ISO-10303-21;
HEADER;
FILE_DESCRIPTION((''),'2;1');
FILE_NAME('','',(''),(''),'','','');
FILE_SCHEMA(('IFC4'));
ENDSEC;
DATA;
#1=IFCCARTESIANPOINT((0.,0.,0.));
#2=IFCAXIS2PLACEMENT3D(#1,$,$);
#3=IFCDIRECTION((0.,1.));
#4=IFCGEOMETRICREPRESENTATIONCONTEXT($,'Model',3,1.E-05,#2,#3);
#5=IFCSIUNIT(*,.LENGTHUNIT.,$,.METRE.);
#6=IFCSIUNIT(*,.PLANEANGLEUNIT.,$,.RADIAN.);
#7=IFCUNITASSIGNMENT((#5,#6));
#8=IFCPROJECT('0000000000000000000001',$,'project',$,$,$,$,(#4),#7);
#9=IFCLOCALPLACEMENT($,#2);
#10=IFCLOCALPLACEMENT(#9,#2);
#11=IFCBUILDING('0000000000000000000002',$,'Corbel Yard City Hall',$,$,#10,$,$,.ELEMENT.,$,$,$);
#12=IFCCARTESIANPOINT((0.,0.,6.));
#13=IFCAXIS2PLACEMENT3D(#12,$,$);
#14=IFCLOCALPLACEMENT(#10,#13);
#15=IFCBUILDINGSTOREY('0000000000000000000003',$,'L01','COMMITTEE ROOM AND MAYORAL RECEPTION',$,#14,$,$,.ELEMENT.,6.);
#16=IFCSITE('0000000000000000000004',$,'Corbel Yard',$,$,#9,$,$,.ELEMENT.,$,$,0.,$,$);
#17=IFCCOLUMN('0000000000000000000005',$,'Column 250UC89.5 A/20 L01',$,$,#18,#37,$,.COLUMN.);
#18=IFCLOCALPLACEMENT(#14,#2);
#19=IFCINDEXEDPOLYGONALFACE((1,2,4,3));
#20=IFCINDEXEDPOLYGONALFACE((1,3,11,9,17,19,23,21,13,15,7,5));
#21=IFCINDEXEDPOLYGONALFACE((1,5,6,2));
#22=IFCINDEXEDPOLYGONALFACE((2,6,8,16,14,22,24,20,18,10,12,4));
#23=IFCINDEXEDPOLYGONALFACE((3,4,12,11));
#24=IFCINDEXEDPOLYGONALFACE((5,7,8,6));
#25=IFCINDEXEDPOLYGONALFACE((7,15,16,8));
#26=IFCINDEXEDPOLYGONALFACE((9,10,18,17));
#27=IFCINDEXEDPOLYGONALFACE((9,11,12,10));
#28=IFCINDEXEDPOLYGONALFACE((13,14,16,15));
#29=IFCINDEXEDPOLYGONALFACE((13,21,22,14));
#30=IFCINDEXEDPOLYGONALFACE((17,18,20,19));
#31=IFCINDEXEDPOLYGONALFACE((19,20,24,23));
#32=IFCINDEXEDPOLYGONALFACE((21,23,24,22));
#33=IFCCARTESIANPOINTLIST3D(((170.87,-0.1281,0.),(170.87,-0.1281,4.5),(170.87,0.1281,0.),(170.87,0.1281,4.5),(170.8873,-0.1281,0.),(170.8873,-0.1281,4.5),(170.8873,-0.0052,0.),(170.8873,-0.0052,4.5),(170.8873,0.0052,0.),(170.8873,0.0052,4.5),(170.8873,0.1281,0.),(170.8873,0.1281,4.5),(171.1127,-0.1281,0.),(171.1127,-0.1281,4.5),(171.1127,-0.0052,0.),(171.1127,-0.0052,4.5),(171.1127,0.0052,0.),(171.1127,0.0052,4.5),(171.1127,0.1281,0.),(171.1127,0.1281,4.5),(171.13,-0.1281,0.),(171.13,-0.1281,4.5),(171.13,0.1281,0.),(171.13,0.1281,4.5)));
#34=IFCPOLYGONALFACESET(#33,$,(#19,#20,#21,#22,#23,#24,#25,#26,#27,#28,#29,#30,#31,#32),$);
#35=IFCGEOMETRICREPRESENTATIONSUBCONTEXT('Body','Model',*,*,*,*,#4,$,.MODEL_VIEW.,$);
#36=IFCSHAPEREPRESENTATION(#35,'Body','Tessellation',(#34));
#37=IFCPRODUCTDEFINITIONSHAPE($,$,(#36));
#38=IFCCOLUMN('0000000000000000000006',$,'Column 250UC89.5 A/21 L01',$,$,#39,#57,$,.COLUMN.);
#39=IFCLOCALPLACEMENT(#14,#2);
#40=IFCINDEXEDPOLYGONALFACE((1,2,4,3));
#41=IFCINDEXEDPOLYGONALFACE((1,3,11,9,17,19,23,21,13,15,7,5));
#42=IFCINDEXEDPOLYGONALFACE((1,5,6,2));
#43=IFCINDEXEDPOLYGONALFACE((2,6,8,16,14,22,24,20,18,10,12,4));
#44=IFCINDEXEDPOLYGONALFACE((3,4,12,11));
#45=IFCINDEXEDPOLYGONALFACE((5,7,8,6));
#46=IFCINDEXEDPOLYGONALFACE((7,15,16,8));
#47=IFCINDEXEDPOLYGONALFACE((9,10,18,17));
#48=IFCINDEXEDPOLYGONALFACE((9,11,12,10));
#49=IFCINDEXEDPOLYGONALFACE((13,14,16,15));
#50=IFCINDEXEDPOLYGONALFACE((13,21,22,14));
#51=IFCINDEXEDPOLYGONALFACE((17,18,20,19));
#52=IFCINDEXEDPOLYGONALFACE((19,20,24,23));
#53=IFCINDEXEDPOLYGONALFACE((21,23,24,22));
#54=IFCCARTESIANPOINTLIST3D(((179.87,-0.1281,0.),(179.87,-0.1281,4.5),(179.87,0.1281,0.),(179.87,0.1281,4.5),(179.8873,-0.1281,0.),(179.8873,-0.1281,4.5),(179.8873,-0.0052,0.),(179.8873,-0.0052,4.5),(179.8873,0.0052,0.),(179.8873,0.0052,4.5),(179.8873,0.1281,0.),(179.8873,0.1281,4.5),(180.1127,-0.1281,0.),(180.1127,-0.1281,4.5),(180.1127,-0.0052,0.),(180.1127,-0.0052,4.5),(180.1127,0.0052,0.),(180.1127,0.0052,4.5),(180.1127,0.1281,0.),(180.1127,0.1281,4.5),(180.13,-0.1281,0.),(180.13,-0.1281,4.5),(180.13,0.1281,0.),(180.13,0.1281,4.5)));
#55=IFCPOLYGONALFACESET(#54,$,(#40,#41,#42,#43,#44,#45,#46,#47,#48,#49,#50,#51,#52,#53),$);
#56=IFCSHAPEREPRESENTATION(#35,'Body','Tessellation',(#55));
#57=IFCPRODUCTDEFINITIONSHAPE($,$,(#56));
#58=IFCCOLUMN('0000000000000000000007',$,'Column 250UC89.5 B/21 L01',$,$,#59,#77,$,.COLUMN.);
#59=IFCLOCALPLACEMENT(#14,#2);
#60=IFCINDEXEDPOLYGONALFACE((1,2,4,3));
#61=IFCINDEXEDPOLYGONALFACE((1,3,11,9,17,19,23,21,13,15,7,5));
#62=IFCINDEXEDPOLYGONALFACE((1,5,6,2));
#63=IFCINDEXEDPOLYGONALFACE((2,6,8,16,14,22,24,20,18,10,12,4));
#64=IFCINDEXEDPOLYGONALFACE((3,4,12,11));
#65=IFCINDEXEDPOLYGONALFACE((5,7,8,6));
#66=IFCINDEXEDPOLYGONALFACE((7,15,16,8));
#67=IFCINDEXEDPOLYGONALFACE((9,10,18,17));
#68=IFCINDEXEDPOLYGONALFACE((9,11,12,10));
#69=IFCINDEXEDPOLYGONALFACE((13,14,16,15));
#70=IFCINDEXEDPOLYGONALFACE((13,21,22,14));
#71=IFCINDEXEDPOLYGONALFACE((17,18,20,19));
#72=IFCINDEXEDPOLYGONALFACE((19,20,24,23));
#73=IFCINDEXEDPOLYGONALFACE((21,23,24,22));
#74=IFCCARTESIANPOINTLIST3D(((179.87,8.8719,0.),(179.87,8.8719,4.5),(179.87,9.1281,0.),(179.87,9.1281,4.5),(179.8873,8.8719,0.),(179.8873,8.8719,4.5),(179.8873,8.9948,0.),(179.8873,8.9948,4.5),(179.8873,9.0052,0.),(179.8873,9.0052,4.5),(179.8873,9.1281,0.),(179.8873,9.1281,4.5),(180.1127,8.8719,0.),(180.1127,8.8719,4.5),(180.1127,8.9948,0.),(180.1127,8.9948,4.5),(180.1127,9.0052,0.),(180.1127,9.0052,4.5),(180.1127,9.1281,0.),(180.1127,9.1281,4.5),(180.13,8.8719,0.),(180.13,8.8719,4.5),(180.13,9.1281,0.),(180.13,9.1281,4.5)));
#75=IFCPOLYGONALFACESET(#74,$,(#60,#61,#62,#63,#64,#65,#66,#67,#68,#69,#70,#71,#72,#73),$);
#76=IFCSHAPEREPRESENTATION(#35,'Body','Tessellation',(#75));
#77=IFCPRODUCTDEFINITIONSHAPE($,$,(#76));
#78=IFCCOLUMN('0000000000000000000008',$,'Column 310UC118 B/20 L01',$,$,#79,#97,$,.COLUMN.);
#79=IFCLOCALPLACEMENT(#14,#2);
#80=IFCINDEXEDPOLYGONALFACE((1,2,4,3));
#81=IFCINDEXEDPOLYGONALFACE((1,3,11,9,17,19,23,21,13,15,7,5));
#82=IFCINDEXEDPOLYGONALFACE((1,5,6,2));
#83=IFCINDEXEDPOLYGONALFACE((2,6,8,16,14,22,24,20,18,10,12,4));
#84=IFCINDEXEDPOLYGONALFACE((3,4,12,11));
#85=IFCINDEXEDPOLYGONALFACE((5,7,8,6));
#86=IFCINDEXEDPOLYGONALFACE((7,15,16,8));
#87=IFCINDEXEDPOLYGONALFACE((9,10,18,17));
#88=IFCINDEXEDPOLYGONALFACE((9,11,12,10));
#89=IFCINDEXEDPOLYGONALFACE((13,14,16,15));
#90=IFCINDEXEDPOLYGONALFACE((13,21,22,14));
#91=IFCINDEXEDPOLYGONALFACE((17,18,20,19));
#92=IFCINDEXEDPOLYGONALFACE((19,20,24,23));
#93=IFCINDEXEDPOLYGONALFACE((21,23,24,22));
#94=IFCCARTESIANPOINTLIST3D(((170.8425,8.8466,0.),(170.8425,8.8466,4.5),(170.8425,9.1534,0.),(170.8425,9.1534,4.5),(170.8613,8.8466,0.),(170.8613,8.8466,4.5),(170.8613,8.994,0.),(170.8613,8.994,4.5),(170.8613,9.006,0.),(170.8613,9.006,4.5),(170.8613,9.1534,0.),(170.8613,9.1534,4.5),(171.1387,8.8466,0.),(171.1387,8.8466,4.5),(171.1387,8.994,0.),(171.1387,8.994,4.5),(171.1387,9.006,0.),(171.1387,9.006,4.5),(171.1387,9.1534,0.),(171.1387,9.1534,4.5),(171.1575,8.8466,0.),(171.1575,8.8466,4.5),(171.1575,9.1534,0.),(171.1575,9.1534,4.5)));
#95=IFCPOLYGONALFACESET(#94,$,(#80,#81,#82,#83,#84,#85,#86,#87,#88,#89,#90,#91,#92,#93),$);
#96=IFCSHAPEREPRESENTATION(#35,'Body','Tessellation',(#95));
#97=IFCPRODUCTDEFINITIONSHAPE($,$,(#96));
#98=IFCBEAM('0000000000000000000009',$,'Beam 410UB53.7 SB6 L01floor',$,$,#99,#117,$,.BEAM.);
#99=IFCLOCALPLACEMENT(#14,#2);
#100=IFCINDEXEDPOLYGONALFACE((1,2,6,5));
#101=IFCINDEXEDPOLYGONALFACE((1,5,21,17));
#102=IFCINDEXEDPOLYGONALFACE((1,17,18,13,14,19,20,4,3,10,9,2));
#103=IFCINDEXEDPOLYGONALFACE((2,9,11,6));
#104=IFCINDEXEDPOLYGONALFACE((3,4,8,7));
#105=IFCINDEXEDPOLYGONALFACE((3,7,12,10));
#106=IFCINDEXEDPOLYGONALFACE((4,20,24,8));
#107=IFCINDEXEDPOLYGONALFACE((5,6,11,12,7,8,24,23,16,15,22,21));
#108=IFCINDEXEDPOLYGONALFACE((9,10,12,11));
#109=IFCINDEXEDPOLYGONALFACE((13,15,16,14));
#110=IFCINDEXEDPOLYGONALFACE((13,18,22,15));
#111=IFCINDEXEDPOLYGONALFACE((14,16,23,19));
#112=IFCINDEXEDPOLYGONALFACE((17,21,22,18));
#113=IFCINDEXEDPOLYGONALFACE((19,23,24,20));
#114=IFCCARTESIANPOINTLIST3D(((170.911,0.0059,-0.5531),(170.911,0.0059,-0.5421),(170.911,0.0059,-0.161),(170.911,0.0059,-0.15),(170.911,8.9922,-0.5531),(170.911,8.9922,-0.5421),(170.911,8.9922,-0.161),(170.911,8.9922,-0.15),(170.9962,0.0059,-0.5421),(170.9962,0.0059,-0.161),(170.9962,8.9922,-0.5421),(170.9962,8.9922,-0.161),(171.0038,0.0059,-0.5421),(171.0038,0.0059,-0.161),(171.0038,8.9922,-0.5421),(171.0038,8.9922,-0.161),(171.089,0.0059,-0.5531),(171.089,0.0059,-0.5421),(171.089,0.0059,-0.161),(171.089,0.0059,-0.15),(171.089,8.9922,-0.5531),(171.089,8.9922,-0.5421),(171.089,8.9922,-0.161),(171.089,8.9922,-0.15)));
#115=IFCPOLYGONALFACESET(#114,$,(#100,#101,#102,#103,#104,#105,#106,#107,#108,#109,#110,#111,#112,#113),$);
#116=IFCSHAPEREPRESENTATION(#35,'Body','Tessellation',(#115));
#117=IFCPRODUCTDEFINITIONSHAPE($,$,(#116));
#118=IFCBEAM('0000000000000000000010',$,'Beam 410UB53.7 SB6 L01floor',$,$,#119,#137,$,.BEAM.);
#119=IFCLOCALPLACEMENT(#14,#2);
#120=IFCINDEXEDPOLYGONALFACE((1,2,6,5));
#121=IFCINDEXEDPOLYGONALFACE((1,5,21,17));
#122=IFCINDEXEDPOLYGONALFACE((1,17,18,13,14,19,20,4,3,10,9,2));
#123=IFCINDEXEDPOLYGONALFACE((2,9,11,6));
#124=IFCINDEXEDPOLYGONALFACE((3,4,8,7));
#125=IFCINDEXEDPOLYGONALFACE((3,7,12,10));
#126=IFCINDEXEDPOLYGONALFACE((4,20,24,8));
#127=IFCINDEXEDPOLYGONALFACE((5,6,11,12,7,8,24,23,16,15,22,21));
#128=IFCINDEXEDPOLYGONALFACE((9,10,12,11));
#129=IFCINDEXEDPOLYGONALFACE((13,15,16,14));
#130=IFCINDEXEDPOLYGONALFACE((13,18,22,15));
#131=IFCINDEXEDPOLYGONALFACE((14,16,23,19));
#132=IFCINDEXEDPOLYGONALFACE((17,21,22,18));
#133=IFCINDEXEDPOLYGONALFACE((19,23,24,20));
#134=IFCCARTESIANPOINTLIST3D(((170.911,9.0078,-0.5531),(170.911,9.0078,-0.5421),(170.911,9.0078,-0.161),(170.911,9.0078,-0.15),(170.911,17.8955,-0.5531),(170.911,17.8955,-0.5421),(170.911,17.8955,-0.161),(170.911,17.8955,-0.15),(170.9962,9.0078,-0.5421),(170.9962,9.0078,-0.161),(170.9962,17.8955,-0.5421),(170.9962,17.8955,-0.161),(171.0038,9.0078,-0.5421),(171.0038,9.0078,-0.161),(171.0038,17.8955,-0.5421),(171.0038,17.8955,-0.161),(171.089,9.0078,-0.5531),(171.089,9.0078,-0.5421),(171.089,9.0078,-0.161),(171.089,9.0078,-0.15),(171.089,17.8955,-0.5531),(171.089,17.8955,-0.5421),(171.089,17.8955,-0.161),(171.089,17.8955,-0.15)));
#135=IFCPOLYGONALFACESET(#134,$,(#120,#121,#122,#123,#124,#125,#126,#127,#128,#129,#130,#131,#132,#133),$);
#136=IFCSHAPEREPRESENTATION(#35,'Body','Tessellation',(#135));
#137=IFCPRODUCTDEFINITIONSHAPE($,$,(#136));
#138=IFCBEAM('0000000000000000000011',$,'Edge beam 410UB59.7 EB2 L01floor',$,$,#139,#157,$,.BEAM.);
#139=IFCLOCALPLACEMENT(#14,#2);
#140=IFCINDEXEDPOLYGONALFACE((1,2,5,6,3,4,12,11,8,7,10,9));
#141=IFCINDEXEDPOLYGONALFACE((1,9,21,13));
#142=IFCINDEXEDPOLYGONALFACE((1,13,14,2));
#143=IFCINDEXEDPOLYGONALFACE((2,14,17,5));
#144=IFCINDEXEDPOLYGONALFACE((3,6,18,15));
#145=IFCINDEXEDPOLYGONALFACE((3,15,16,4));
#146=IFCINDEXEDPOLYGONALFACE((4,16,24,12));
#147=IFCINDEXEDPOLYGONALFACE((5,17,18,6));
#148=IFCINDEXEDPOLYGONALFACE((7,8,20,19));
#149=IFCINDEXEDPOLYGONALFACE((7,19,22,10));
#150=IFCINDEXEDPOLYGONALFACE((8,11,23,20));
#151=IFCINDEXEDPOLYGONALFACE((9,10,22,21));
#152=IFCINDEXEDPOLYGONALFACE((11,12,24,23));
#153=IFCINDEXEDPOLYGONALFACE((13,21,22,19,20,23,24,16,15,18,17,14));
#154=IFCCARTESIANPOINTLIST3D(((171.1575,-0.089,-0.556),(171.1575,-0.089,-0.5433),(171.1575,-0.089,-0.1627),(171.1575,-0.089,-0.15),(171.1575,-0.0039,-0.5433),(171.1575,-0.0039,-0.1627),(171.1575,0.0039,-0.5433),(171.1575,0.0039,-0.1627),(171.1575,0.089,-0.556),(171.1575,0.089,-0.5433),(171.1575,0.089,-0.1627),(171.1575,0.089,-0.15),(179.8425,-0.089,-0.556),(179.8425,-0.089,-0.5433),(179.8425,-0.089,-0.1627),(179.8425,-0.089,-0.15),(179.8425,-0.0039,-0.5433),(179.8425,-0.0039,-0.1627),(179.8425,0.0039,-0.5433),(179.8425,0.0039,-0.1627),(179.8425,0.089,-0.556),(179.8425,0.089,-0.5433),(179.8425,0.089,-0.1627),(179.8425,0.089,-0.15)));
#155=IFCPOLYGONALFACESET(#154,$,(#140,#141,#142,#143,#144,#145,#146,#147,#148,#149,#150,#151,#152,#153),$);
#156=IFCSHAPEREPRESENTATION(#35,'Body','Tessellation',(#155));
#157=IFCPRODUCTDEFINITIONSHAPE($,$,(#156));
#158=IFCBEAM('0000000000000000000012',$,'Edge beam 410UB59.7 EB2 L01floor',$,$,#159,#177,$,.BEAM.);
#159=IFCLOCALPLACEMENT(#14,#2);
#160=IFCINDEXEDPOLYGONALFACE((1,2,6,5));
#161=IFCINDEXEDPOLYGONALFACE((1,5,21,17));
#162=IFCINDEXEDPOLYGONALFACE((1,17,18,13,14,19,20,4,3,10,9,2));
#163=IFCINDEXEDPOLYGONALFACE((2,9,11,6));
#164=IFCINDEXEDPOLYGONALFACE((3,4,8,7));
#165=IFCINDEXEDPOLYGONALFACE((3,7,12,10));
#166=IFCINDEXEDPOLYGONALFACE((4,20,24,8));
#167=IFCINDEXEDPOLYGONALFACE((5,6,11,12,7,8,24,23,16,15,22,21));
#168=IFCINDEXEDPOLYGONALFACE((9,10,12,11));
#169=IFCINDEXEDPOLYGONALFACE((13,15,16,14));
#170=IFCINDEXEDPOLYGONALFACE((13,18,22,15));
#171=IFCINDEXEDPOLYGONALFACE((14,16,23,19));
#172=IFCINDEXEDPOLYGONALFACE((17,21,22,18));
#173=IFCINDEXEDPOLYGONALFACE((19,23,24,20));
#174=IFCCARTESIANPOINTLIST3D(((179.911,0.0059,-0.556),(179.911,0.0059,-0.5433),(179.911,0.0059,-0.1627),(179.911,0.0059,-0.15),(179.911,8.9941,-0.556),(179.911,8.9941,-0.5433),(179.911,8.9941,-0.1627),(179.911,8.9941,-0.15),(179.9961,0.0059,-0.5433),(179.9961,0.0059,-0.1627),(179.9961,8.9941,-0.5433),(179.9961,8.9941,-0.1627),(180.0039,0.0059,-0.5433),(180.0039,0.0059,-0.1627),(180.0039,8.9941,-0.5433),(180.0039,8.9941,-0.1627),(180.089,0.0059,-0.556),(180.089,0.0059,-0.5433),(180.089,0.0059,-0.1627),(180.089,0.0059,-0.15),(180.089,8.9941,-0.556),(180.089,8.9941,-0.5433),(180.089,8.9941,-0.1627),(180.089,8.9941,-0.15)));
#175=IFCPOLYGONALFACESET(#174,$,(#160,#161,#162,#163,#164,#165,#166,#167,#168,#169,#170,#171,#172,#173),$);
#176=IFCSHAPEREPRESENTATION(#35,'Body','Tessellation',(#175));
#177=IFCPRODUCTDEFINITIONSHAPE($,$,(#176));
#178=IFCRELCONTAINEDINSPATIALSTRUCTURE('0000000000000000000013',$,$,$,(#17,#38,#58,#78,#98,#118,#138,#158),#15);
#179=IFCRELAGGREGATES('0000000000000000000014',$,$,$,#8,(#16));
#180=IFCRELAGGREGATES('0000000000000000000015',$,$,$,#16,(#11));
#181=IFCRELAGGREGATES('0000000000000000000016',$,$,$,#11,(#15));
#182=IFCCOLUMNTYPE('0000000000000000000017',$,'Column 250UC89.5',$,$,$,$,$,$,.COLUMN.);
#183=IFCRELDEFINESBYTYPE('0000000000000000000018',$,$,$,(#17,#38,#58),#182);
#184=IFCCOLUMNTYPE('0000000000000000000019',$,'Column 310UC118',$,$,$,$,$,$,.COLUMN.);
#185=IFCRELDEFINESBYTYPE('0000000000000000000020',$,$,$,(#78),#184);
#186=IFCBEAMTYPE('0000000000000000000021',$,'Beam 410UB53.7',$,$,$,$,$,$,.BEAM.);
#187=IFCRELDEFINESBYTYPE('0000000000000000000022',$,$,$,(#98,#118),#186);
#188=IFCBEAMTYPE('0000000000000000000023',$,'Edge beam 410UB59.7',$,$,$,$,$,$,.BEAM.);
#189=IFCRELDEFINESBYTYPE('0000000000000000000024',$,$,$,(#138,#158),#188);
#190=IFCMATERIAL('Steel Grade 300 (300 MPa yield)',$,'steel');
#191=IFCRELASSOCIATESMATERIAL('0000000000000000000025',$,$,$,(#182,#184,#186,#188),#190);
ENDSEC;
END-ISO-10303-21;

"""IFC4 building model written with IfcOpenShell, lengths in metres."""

from ifc_helpers import new_model, si_unit, direction, frame, origin, origin_2d, place, context, subcontext, project, spatial, i_section, extrude, material, material_profile, profile_set, type_object, element, save


model = new_model("IFC4")

# Units and contexts
model_context = context("Model", 3, precision=1e-05, world=origin(), true_north=direction((0.0, 1.0)))
body_context = subcontext(model_context, "Body", "Model", "MODEL_VIEW")
ifc_project = project(units=[si_unit("LENGTHUNIT", "METRE"), si_unit("PLANEANGLEUNIT", "RADIAN")], contexts=[model_context])

# Site, building, storey
site_placement = place(None, origin())
site = spatial("IfcSite", under=ifc_project, at=site_placement, Name="Corbel Yard", CompositionType="ELEMENT", RefElevation=0.0)
building_placement = place(site_placement, origin())
building = spatial("IfcBuilding", under=site, at=building_placement, Name="Corbel Yard City Hall", CompositionType="ELEMENT")
storey_placement = place(building_placement, frame((0.0, 0.0, 6.0)))
storey = spatial("IfcBuildingStorey", under=building, at=storey_placement, Name="L01", Description="COMMITTEE ROOM AND MAYORAL RECEPTION", CompositionType="ELEMENT", Elevation=6.0)

# Columns
ifc_material_1 = material(Name="Steel Grade 300 (300 MPa yield)", Category="steel")
ifc_material_profile_1 = material_profile(ifc_material_1, i_section(OverallWidth=0.2561, OverallDepth=0.26, WebThickness=0.0105, FlangeThickness=0.0173, at=origin_2d()), Name="250UC89.5")
ifc_profile_set_1 = profile_set([ifc_material_profile_1], Name="Steel Grade 300 (300 MPa yield)")
column_type_1 = type_object("IfcColumnType", Name="Column 250UC89.5", PredefinedType="COLUMN", material=ifc_profile_set_1)
for number, where, z_axis, x_axis, name in (
    (1, (171.0, 0.0, 0.0), (0.0, 0.0, 1.0), (0.0, 1.0, 0.0), "Column 250UC89.5 A/20 L01"),
    (2, (180.0, 0.0, 0.0), (0.0, 0.0, 1.0), (0.0, 1.0, 0.0), "Column 250UC89.5 A/21 L01"),
    (3, (180.0, 9.0, 0.0), (0.0, 0.0, 1.0), (0.0, 1.0, 0.0), "Column 250UC89.5 B/21 L01"),
):
    element("IfcColumn", number, at=place(storey_placement, frame(where, z_axis=z_axis, x_axis=x_axis)), inside=storey, type_object=column_type_1, Name=name, PredefinedType="COLUMN", context=body_context, shape_type="SweptSolid", body=[
        extrude(i_section(OverallWidth=0.2561, OverallDepth=0.26, WebThickness=0.0105, FlangeThickness=0.0173, at=origin_2d()), origin(), (0.0, 0.0, 1.0), 4.5),
    ])
ifc_material_profile_2 = material_profile(ifc_material_1, i_section(OverallWidth=0.3069, OverallDepth=0.3149, WebThickness=0.012, FlangeThickness=0.0188, at=origin_2d()), Name="310UC118")
ifc_profile_set_2 = profile_set([ifc_material_profile_2], Name="Steel Grade 300 (300 MPa yield)")
column_type_2 = type_object("IfcColumnType", Name="Column 310UC118", PredefinedType="COLUMN", material=ifc_profile_set_2)
column_placement = place(storey_placement, frame((171.0, 9.0, 0.0), z_axis=(0.0, 0.0, 1.0), x_axis=(0.0, 1.0, 0.0)))
element("IfcColumn", 4, at=column_placement, inside=storey, type_object=column_type_2, Name="Column 310UC118 B/20 L01", PredefinedType="COLUMN", context=body_context, shape_type="SweptSolid", body=[
    extrude(i_section(OverallWidth=0.3069, OverallDepth=0.3149, WebThickness=0.012, FlangeThickness=0.0188, at=origin_2d()), origin(), (0.0, 0.0, 1.0), 4.5),
])

# Beams
ifc_material_profile_3 = material_profile(ifc_material_1, i_section(OverallWidth=0.178, OverallDepth=0.4031, WebThickness=0.0076, FlangeThickness=0.011, at=origin_2d()), Name="410UB53.7")
ifc_profile_set_3 = profile_set([ifc_material_profile_3], Name="Steel Grade 300 (300 MPa yield)")
beam_type_1 = type_object("IfcBeamType", Name="Beam 410UB53.7", PredefinedType="BEAM", material=ifc_profile_set_3)
beam_1_placement = place(storey_placement, frame((171.0, 0.0059, -0.3516), z_axis=(0.0, 1.0, 0.0), x_axis=(-1.0, 0.0, 0.0)))
element("IfcBeam", 5, at=beam_1_placement, inside=storey, type_object=beam_type_1, Name="Beam 410UB53.7 SB6 L01floor", PredefinedType="BEAM", context=body_context, shape_type="SweptSolid", body=[
    extrude(i_section(OverallWidth=0.178, OverallDepth=0.4031, WebThickness=0.0076, FlangeThickness=0.011, at=origin_2d()), origin(), (0.0, 0.0, 1.0), 8.9863),
])
beam_2_placement = place(storey_placement, frame((171.0, 9.0078, -0.3516), z_axis=(0.0, 1.0, 0.0), x_axis=(-1.0, 0.0, 0.0)))
element("IfcBeam", 6, at=beam_2_placement, inside=storey, type_object=beam_type_1, Name="Beam 410UB53.7 SB6 L01floor", PredefinedType="BEAM", context=body_context, shape_type="SweptSolid", body=[
    extrude(i_section(OverallWidth=0.178, OverallDepth=0.4031, WebThickness=0.0076, FlangeThickness=0.011, at=origin_2d()), origin(), (0.0, 0.0, 1.0), 8.8877),
])
ifc_material_profile_4 = material_profile(ifc_material_1, i_section(OverallWidth=0.178, OverallDepth=0.406, WebThickness=0.0078, FlangeThickness=0.0127, at=origin_2d()), Name="410UB59.7")
ifc_profile_set_4 = profile_set([ifc_material_profile_4], Name="Steel Grade 300 (300 MPa yield)")
beam_type_2 = type_object("IfcBeamType", Name="Edge beam 410UB59.7", PredefinedType="BEAM", material=ifc_profile_set_4)
beam_3_placement = place(storey_placement, frame((171.1575, 0.0, -0.353), z_axis=(1.0, 0.0, 0.0), x_axis=(0.0, 1.0, 0.0)))
element("IfcBeam", 7, at=beam_3_placement, inside=storey, type_object=beam_type_2, Name="Edge beam 410UB59.7 EB2 L01floor", PredefinedType="BEAM", context=body_context, shape_type="SweptSolid", body=[
    extrude(i_section(OverallWidth=0.178, OverallDepth=0.406, WebThickness=0.0078, FlangeThickness=0.0127, at=origin_2d()), origin(), (0.0, 0.0, 1.0), 8.6851),
])
beam_4_placement = place(storey_placement, frame((180.0, 0.0059, -0.353), z_axis=(0.0, 1.0, 0.0), x_axis=(-1.0, 0.0, 0.0)))
element("IfcBeam", 8, at=beam_4_placement, inside=storey, type_object=beam_type_2, Name="Edge beam 410UB59.7 EB2 L01floor", PredefinedType="BEAM", context=body_context, shape_type="SweptSolid", body=[
    extrude(i_section(OverallWidth=0.178, OverallDepth=0.406, WebThickness=0.0078, FlangeThickness=0.0127, at=origin_2d()), origin(), (0.0, 0.0, 1.0), 8.9883),
])

save(model, "model.ifc")
